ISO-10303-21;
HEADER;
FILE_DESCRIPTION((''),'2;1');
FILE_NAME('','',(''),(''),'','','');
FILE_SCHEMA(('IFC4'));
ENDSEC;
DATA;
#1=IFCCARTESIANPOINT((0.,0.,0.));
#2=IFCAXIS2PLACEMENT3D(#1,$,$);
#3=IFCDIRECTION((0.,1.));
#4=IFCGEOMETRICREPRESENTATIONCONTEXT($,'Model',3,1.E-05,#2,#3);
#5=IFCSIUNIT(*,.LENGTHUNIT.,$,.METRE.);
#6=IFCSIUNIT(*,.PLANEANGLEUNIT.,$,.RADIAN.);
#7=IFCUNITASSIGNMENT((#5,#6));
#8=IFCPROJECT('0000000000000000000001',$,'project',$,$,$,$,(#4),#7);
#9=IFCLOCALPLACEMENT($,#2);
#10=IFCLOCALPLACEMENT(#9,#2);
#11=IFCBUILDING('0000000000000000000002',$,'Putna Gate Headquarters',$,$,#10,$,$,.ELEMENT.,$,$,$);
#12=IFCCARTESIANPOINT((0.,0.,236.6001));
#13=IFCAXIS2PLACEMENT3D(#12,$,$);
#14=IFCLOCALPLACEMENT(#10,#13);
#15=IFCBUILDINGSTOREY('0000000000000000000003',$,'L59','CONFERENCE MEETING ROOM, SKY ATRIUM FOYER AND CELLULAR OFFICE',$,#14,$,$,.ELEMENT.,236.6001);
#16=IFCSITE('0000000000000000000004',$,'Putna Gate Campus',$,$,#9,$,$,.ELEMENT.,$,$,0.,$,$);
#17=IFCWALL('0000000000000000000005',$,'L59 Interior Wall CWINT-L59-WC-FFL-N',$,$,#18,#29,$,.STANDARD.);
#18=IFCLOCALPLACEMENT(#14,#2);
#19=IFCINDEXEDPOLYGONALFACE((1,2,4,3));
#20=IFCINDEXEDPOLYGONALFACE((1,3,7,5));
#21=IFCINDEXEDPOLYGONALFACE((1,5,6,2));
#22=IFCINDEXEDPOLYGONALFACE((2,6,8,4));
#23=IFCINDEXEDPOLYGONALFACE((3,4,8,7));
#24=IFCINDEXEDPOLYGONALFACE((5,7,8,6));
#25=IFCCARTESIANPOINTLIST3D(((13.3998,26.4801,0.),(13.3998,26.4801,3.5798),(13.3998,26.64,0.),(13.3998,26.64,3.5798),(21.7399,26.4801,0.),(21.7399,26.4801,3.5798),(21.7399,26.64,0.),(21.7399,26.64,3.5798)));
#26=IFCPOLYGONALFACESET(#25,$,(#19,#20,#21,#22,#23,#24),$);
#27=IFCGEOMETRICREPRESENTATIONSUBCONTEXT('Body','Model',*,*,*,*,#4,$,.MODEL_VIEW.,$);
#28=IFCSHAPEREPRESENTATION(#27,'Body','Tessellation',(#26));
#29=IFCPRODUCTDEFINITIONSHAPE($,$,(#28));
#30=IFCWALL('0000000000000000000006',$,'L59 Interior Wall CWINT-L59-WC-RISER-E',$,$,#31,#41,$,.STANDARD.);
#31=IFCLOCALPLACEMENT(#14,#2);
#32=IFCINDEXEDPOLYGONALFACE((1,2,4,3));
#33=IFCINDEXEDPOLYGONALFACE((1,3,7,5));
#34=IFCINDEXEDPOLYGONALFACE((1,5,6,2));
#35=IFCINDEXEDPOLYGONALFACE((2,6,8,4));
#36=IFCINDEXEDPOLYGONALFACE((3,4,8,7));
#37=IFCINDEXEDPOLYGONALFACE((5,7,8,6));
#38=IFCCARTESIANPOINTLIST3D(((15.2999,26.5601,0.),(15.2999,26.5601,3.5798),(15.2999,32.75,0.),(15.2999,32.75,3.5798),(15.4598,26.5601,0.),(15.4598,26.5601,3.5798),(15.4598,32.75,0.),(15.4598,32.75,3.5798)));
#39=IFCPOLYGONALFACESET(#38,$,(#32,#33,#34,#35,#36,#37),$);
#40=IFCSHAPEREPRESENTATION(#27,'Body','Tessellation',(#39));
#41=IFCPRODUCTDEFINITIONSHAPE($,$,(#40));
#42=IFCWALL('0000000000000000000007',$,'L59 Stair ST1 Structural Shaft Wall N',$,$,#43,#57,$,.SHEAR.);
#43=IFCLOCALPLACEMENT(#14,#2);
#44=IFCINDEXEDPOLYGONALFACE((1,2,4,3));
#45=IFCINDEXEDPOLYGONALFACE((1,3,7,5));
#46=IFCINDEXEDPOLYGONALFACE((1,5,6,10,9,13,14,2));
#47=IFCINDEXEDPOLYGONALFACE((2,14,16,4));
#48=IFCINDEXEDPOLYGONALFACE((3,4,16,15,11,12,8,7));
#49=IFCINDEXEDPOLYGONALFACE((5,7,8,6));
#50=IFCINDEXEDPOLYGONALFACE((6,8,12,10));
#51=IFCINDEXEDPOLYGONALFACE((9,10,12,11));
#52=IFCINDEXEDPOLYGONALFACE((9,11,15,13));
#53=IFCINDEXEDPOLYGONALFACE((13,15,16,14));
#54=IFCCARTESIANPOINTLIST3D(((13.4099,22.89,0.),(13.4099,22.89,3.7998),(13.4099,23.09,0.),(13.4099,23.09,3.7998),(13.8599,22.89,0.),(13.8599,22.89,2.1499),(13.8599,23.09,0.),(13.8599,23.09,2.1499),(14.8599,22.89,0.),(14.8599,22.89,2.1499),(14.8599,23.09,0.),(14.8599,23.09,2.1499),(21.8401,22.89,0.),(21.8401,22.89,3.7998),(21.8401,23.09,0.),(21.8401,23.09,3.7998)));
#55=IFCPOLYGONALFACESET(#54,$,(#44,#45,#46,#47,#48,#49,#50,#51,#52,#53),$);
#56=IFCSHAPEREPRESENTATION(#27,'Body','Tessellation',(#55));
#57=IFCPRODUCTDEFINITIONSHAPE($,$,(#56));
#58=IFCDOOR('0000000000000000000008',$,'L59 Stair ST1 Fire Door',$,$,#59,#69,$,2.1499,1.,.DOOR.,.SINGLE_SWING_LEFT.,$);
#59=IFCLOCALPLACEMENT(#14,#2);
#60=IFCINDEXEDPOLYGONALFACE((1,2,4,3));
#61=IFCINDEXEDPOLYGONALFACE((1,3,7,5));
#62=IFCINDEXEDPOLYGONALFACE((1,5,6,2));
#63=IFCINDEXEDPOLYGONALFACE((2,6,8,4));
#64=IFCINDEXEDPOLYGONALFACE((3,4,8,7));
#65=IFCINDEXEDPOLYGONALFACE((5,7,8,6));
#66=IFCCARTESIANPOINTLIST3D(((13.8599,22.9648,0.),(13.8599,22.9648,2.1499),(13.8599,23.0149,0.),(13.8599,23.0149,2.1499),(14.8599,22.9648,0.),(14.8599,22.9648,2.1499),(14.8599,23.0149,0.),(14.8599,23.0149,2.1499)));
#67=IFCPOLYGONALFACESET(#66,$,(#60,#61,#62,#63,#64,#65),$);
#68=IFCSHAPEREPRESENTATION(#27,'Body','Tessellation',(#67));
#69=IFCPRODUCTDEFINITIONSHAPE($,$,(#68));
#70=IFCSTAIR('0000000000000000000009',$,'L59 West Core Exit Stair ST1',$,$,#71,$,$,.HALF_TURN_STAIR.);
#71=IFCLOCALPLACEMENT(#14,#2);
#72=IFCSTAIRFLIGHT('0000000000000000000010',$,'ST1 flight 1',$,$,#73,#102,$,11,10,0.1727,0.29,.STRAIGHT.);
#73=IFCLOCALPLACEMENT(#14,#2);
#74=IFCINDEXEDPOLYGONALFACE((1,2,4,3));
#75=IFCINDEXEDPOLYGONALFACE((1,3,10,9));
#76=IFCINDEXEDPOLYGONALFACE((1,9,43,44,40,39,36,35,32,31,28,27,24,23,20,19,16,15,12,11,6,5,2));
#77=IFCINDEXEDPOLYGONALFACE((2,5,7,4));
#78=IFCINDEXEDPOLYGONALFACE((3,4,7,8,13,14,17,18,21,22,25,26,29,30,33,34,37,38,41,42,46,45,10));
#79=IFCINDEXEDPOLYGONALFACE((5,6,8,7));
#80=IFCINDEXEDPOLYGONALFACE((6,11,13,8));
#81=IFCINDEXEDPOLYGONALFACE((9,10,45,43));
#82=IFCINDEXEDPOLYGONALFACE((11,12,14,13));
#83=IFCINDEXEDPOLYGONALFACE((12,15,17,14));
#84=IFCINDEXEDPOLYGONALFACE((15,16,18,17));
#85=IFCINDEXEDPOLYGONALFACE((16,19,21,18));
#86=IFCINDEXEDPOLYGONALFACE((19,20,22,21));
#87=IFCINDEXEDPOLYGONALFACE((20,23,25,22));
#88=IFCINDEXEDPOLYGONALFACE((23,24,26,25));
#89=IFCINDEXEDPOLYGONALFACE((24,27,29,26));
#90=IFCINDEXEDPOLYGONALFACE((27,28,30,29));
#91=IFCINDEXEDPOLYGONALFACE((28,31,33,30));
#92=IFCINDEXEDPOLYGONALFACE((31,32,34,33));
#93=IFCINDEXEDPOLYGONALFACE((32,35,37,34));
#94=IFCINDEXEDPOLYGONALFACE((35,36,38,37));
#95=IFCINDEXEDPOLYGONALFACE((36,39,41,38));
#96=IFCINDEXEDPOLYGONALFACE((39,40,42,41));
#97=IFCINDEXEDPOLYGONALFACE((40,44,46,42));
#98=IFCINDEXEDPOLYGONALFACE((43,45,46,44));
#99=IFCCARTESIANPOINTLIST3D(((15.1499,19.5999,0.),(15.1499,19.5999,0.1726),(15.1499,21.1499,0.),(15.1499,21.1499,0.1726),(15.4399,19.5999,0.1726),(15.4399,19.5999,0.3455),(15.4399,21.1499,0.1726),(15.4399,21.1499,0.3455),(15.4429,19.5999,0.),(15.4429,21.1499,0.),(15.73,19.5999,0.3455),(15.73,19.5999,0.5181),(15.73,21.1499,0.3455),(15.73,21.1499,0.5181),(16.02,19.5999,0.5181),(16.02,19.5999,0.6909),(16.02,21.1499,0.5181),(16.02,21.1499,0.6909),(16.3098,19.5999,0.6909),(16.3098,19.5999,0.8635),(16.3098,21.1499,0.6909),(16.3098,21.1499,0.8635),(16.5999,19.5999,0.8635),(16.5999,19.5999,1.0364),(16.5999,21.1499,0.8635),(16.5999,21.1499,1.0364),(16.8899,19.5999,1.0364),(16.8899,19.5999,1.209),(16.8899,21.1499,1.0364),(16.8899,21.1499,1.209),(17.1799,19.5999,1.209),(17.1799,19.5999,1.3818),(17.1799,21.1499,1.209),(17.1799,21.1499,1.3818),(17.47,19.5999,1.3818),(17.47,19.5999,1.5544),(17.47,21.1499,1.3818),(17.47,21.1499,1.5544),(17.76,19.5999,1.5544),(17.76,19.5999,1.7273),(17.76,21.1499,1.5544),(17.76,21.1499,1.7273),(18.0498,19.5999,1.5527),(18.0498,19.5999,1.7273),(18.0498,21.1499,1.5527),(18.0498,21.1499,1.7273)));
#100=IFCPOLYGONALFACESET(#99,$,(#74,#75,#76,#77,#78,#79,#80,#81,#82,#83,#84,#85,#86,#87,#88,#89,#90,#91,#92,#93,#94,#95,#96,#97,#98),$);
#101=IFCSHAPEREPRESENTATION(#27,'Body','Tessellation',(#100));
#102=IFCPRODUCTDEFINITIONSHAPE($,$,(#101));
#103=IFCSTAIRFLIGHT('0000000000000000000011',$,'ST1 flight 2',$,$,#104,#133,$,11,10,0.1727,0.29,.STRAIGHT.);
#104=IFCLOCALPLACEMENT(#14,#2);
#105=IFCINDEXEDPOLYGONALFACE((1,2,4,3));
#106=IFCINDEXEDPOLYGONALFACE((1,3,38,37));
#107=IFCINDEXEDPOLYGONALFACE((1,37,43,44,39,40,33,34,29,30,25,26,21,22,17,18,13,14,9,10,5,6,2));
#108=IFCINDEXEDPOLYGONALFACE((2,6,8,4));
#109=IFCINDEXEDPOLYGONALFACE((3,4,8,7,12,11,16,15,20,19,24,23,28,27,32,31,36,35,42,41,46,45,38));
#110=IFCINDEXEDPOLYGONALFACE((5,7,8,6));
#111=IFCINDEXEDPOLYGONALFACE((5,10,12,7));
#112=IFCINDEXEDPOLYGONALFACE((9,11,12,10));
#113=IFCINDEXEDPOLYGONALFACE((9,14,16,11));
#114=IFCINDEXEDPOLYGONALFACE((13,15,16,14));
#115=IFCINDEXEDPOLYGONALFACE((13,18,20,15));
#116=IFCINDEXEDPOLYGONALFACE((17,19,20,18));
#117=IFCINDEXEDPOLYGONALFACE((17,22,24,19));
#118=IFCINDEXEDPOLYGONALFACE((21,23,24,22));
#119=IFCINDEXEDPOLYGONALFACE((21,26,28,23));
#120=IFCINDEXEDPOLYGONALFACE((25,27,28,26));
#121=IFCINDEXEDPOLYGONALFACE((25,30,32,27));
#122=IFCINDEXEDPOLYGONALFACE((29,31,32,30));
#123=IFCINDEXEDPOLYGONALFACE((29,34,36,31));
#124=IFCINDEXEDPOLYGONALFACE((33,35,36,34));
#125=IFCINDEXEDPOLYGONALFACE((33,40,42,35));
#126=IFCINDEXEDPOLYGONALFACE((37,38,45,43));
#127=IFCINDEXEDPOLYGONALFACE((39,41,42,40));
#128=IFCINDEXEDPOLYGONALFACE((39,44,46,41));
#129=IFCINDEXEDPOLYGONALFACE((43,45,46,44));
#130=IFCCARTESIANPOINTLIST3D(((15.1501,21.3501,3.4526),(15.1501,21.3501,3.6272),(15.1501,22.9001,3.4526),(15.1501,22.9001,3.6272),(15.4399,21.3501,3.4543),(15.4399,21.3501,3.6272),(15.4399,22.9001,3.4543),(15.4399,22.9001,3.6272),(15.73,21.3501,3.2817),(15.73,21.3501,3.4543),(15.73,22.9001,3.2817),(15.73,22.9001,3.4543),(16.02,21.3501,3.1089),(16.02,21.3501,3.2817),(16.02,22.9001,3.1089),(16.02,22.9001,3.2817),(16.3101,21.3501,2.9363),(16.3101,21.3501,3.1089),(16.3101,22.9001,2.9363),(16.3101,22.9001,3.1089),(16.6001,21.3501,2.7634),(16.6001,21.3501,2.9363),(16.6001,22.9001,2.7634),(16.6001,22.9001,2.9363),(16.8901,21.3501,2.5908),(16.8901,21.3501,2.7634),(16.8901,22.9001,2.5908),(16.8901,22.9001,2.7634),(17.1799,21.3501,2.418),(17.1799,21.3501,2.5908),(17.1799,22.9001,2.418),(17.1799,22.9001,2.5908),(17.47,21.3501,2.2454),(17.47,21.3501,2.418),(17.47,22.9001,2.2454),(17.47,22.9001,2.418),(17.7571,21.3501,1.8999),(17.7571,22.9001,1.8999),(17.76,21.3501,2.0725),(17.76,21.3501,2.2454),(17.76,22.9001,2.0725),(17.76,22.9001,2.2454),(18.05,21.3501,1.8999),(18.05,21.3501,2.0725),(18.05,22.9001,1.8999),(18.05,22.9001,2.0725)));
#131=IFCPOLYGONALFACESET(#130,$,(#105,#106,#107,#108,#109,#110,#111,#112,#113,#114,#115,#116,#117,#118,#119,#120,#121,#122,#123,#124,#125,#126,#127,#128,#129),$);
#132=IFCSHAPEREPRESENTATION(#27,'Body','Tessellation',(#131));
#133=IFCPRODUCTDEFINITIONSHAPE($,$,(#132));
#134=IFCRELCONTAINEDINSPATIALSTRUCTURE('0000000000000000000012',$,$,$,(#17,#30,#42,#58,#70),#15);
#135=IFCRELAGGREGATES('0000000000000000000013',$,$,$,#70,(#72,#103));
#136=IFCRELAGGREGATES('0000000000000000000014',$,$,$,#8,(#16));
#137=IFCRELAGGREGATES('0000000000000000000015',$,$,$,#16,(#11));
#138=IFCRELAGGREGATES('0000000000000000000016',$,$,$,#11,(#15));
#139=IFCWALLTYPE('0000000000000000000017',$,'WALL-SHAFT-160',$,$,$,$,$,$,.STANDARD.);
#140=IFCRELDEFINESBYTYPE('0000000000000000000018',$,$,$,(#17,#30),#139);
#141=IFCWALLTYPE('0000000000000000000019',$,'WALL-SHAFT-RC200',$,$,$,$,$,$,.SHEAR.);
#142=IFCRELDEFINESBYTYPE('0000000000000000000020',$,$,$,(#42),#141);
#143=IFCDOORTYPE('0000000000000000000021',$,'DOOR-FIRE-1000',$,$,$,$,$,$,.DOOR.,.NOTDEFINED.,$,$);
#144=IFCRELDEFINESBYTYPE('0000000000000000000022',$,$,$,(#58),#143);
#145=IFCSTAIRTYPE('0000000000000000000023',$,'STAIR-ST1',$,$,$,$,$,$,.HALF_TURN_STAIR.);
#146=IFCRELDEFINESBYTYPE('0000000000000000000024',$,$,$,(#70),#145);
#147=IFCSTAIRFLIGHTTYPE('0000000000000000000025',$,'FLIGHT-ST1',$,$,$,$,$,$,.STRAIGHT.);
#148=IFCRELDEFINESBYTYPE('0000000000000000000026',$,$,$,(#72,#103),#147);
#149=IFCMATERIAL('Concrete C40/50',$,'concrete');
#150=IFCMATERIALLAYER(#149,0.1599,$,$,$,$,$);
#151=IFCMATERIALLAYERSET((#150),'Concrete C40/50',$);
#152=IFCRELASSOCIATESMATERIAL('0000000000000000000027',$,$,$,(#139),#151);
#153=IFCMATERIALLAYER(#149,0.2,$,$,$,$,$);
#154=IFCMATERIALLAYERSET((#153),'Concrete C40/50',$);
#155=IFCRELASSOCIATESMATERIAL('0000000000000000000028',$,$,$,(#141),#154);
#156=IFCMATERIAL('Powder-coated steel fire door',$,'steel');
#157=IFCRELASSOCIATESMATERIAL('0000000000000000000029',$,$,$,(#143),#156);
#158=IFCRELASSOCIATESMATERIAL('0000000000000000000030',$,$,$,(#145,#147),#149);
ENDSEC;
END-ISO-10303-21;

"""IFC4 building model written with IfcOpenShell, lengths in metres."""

from ifc_helpers import new_model, si_unit, direction, frame, frame_2d, origin, place, context, subcontext, project, spatial, polyline, rectangle, outline, extrude, material, layer, layer_set, type_object, element, fill, aggregate, save


model = new_model("IFC4")

# Units and contexts
model_context = context("Model", 3, precision=1e-05, world=origin(), true_north=direction((0.0, 1.0)))
body_context = subcontext(model_context, "Body", "Model", "MODEL_VIEW")
ifc_project = project(units=[si_unit("LENGTHUNIT", "METRE"), si_unit("PLANEANGLEUNIT", "RADIAN")], contexts=[model_context])

# Site, building, storey
site_placement = place(None, origin())
site = spatial("IfcSite", under=ifc_project, at=site_placement, Name="Putna Gate Campus", CompositionType="ELEMENT", RefElevation=0.0)
building_placement = place(site_placement, origin())
building = spatial("IfcBuilding", under=site, at=building_placement, Name="Putna Gate Headquarters", CompositionType="ELEMENT")
storey_placement = place(building_placement, frame((0.0, 0.0, 236.6001)))
storey = spatial("IfcBuildingStorey", under=building, at=storey_placement, Name="L59", Description="CONFERENCE MEETING ROOM, SKY ATRIUM FOYER AND CELLULAR OFFICE", CompositionType="ELEMENT", Elevation=236.6001)

# Walls
ifc_material_1 = material(Name="Concrete C40/50", Category="concrete")
ifc_layer_1 = layer(ifc_material_1, 0.1599)
ifc_layer_set_1 = layer_set([ifc_layer_1], Name="Concrete C40/50")
wall_type_1 = type_object("IfcWallType", Name="WALL-SHAFT-160", PredefinedType="STANDARD", material=ifc_layer_set_1)
wall_1_placement = place(storey_placement, frame((13.3999, 26.5601, 0.0), z_axis=(0.0, 0.0, 1.0), x_axis=(1.0, 0.0, 0.0)))
element("IfcWall", 1, at=wall_1_placement, inside=storey, type_object=wall_type_1, Name="L59 Interior Wall CWINT-L59-WC-FFL-N", PredefinedType="STANDARD", context=body_context, shape_type="SweptSolid", body=[
    extrude(rectangle(XDim=8.3401, YDim=0.1599, at=frame_2d((4.1699, 0.0))), origin(), (0.0, 0.0, 1.0), 3.5798),
])
wall_2_placement = place(storey_placement, frame((15.3799, 26.5601, 0.0), z_axis=(0.0, 0.0, 1.0), x_axis=(0.0, 1.0, 0.0)))
element("IfcWall", 2, at=wall_2_placement, inside=storey, type_object=wall_type_1, Name="L59 Interior Wall CWINT-L59-WC-RISER-E", PredefinedType="STANDARD", context=body_context, shape_type="SweptSolid", body=[
    extrude(rectangle(XDim=6.1899, YDim=0.1599, at=frame_2d((3.095, 0.0))), origin(), (0.0, 0.0, 1.0), 3.5798),
])

# Wall, opening, door
ifc_layer_2 = layer(ifc_material_1, 0.2)
ifc_layer_set_2 = layer_set([ifc_layer_2], Name="Concrete C40/50")
wall_type_2 = type_object("IfcWallType", Name="WALL-SHAFT-RC200", PredefinedType="SHEAR", material=ifc_layer_set_2)
wall_3_placement = place(storey_placement, frame((13.4099, 22.99, 0.0), z_axis=(0.0, 0.0, 1.0), x_axis=(1.0, 0.0, 0.0)))
wall_3 = element("IfcWall", 3, at=wall_3_placement, inside=storey, type_object=wall_type_2, Name="L59 Stair ST1 Structural Shaft Wall N", PredefinedType="SHEAR", context=body_context, shape_type="SweptSolid", body=[
    extrude(rectangle(XDim=8.4302, YDim=0.2, at=frame_2d((4.2151, 0.0))), origin(), (0.0, 0.0, 1.0), 3.7998),
])
opening_1_placement = place(wall_3_placement, frame((0.45, 0.0, 0.0)))
opening_1 = element("IfcOpeningElement", 4, at=opening_1_placement, cuts=wall_3, PredefinedType="OPENING", context=body_context, shape_type="SweptSolid", body=[
    extrude(rectangle(XDim=1.0, YDim=2.1499, at=frame_2d((0.5, 1.075))), frame((0.0, 0.1099, 0.0), z_axis=(0.0, -1.0, 0.0), x_axis=(1.0, 0.0, 0.0)), (0.0, 0.0, 1.0), 0.22),
])
ifc_material_2 = material(Name="Powder-coated steel fire door", Category="steel")
door_type_1 = type_object("IfcDoorType", Name="DOOR-FIRE-1000", OperationType="NOTDEFINED", PredefinedType="DOOR", material=ifc_material_2)
door_1_placement = place(opening_1_placement, origin())
door_1 = element("IfcDoor", 5, at=door_1_placement, inside=storey, type_object=door_type_1, Name="L59 Stair ST1 Fire Door", OperationType="SINGLE_SWING_LEFT", OverallHeight=2.1499, OverallWidth=1.0, PredefinedType="DOOR", context=body_context, shape_type="SweptSolid", body=[
    extrude(rectangle(XDim=1.0, YDim=2.1499, at=frame_2d((0.5, 1.075))), frame((0.0, 0.0249, 0.0), z_axis=(0.0, -1.0, 0.0), x_axis=(1.0, 0.0, 0.0)), (0.0, 0.0, 1.0), 0.05),
])
fill(opening_1, door_1)

# Stair, stair flights
stair_type = type_object("IfcStairType", Name="STAIR-ST1", PredefinedType="HALF_TURN_STAIR", material=ifc_material_1)
stair_placement = place(storey_placement, origin())
stair = element("IfcStair", 6, at=stair_placement, inside=storey, type_object=stair_type, Name="L59 West Core Exit Stair ST1", PredefinedType="HALF_TURN_STAIR")
stair_flight_type = type_object("IfcStairFlightType", Name="FLIGHT-ST1", PredefinedType="STRAIGHT", material=ifc_material_1)
stair_flight_1_placement = place(storey_placement, frame((15.1499, 20.375, 0.0), z_axis=(0.0, 0.0, 1.0), x_axis=(1.0, 0.0, 0.0)))
stair_flight_1 = element("IfcStairFlight", 7, at=stair_flight_1_placement, type_object=stair_flight_type, Name="ST1 flight 1", NumberOfRisers=11, NumberOfTreads=10, PredefinedType="STRAIGHT", RiserHeight=0.1727, TreadLength=0.29, context=body_context, shape_type="SweptSolid", body=[
    extrude(outline(polyline([(0.0, 0.0), (0.0, 0.1726), (0.29, 0.1726), (0.29, 0.3455), (0.5801, 0.3455), (0.5801, 0.5181), (0.8701, 0.5181), (0.8701, 0.6909), (1.1599, 0.6909), (1.1599, 0.8635), (1.45, 0.8635), (1.45, 1.0364), (1.74, 1.0364), (1.74, 1.209), (2.03, 1.209), (2.03, 1.3818), (2.3201, 1.3818), (2.3201, 1.5544), (2.6101, 1.5544), (2.6101, 1.7273), (2.8999, 1.7273), (2.8999, 1.8999), (2.8999, 1.5527), (0.293, 0.0), (0.0, 0.0)])), frame((0.0, 0.7749, 0.0), z_axis=(0.0, -1.0, 0.0), x_axis=(1.0, 0.0, 0.0)), (0.0, 0.0, 1.0), 1.55),
])
stair_flight_2_placement = place(storey_placement, frame((18.05, 22.125, 1.8999), z_axis=(0.0, 0.0, 1.0), x_axis=(-1.0, 0.0, 0.0)))
stair_flight_2 = element("IfcStairFlight", 8, at=stair_flight_2_placement, type_object=stair_flight_type, Name="ST1 flight 2", NumberOfRisers=11, NumberOfTreads=10, PredefinedType="STRAIGHT", RiserHeight=0.1727, TreadLength=0.29, context=body_context, shape_type="SweptSolid", body=[
    extrude(outline(polyline([(0.0, 0.0), (0.0, 0.1726), (0.29, 0.1726), (0.29, 0.3455), (0.5801, 0.3455), (0.5801, 0.5181), (0.8701, 0.5181), (0.8701, 0.6909), (1.1599, 0.6909), (1.1599, 0.8635), (1.45, 0.8635), (1.45, 1.0364), (1.74, 1.0364), (1.74, 1.209), (2.03, 1.209), (2.03, 1.3818), (2.3201, 1.3818), (2.3201, 1.5544), (2.6101, 1.5544), (2.6101, 1.7273), (2.8999, 1.7273), (2.8999, 1.8999), (2.8999, 1.5527), (0.293, 0.0), (0.0, 0.0)])), frame((0.0, 0.7749, 0.0), z_axis=(0.0, -1.0, 0.0), x_axis=(1.0, 0.0, 0.0)), (0.0, 0.0, 1.0), 1.55),
])
aggregate(stair, [stair_flight_1, stair_flight_2])

save(model, "model.ifc")
